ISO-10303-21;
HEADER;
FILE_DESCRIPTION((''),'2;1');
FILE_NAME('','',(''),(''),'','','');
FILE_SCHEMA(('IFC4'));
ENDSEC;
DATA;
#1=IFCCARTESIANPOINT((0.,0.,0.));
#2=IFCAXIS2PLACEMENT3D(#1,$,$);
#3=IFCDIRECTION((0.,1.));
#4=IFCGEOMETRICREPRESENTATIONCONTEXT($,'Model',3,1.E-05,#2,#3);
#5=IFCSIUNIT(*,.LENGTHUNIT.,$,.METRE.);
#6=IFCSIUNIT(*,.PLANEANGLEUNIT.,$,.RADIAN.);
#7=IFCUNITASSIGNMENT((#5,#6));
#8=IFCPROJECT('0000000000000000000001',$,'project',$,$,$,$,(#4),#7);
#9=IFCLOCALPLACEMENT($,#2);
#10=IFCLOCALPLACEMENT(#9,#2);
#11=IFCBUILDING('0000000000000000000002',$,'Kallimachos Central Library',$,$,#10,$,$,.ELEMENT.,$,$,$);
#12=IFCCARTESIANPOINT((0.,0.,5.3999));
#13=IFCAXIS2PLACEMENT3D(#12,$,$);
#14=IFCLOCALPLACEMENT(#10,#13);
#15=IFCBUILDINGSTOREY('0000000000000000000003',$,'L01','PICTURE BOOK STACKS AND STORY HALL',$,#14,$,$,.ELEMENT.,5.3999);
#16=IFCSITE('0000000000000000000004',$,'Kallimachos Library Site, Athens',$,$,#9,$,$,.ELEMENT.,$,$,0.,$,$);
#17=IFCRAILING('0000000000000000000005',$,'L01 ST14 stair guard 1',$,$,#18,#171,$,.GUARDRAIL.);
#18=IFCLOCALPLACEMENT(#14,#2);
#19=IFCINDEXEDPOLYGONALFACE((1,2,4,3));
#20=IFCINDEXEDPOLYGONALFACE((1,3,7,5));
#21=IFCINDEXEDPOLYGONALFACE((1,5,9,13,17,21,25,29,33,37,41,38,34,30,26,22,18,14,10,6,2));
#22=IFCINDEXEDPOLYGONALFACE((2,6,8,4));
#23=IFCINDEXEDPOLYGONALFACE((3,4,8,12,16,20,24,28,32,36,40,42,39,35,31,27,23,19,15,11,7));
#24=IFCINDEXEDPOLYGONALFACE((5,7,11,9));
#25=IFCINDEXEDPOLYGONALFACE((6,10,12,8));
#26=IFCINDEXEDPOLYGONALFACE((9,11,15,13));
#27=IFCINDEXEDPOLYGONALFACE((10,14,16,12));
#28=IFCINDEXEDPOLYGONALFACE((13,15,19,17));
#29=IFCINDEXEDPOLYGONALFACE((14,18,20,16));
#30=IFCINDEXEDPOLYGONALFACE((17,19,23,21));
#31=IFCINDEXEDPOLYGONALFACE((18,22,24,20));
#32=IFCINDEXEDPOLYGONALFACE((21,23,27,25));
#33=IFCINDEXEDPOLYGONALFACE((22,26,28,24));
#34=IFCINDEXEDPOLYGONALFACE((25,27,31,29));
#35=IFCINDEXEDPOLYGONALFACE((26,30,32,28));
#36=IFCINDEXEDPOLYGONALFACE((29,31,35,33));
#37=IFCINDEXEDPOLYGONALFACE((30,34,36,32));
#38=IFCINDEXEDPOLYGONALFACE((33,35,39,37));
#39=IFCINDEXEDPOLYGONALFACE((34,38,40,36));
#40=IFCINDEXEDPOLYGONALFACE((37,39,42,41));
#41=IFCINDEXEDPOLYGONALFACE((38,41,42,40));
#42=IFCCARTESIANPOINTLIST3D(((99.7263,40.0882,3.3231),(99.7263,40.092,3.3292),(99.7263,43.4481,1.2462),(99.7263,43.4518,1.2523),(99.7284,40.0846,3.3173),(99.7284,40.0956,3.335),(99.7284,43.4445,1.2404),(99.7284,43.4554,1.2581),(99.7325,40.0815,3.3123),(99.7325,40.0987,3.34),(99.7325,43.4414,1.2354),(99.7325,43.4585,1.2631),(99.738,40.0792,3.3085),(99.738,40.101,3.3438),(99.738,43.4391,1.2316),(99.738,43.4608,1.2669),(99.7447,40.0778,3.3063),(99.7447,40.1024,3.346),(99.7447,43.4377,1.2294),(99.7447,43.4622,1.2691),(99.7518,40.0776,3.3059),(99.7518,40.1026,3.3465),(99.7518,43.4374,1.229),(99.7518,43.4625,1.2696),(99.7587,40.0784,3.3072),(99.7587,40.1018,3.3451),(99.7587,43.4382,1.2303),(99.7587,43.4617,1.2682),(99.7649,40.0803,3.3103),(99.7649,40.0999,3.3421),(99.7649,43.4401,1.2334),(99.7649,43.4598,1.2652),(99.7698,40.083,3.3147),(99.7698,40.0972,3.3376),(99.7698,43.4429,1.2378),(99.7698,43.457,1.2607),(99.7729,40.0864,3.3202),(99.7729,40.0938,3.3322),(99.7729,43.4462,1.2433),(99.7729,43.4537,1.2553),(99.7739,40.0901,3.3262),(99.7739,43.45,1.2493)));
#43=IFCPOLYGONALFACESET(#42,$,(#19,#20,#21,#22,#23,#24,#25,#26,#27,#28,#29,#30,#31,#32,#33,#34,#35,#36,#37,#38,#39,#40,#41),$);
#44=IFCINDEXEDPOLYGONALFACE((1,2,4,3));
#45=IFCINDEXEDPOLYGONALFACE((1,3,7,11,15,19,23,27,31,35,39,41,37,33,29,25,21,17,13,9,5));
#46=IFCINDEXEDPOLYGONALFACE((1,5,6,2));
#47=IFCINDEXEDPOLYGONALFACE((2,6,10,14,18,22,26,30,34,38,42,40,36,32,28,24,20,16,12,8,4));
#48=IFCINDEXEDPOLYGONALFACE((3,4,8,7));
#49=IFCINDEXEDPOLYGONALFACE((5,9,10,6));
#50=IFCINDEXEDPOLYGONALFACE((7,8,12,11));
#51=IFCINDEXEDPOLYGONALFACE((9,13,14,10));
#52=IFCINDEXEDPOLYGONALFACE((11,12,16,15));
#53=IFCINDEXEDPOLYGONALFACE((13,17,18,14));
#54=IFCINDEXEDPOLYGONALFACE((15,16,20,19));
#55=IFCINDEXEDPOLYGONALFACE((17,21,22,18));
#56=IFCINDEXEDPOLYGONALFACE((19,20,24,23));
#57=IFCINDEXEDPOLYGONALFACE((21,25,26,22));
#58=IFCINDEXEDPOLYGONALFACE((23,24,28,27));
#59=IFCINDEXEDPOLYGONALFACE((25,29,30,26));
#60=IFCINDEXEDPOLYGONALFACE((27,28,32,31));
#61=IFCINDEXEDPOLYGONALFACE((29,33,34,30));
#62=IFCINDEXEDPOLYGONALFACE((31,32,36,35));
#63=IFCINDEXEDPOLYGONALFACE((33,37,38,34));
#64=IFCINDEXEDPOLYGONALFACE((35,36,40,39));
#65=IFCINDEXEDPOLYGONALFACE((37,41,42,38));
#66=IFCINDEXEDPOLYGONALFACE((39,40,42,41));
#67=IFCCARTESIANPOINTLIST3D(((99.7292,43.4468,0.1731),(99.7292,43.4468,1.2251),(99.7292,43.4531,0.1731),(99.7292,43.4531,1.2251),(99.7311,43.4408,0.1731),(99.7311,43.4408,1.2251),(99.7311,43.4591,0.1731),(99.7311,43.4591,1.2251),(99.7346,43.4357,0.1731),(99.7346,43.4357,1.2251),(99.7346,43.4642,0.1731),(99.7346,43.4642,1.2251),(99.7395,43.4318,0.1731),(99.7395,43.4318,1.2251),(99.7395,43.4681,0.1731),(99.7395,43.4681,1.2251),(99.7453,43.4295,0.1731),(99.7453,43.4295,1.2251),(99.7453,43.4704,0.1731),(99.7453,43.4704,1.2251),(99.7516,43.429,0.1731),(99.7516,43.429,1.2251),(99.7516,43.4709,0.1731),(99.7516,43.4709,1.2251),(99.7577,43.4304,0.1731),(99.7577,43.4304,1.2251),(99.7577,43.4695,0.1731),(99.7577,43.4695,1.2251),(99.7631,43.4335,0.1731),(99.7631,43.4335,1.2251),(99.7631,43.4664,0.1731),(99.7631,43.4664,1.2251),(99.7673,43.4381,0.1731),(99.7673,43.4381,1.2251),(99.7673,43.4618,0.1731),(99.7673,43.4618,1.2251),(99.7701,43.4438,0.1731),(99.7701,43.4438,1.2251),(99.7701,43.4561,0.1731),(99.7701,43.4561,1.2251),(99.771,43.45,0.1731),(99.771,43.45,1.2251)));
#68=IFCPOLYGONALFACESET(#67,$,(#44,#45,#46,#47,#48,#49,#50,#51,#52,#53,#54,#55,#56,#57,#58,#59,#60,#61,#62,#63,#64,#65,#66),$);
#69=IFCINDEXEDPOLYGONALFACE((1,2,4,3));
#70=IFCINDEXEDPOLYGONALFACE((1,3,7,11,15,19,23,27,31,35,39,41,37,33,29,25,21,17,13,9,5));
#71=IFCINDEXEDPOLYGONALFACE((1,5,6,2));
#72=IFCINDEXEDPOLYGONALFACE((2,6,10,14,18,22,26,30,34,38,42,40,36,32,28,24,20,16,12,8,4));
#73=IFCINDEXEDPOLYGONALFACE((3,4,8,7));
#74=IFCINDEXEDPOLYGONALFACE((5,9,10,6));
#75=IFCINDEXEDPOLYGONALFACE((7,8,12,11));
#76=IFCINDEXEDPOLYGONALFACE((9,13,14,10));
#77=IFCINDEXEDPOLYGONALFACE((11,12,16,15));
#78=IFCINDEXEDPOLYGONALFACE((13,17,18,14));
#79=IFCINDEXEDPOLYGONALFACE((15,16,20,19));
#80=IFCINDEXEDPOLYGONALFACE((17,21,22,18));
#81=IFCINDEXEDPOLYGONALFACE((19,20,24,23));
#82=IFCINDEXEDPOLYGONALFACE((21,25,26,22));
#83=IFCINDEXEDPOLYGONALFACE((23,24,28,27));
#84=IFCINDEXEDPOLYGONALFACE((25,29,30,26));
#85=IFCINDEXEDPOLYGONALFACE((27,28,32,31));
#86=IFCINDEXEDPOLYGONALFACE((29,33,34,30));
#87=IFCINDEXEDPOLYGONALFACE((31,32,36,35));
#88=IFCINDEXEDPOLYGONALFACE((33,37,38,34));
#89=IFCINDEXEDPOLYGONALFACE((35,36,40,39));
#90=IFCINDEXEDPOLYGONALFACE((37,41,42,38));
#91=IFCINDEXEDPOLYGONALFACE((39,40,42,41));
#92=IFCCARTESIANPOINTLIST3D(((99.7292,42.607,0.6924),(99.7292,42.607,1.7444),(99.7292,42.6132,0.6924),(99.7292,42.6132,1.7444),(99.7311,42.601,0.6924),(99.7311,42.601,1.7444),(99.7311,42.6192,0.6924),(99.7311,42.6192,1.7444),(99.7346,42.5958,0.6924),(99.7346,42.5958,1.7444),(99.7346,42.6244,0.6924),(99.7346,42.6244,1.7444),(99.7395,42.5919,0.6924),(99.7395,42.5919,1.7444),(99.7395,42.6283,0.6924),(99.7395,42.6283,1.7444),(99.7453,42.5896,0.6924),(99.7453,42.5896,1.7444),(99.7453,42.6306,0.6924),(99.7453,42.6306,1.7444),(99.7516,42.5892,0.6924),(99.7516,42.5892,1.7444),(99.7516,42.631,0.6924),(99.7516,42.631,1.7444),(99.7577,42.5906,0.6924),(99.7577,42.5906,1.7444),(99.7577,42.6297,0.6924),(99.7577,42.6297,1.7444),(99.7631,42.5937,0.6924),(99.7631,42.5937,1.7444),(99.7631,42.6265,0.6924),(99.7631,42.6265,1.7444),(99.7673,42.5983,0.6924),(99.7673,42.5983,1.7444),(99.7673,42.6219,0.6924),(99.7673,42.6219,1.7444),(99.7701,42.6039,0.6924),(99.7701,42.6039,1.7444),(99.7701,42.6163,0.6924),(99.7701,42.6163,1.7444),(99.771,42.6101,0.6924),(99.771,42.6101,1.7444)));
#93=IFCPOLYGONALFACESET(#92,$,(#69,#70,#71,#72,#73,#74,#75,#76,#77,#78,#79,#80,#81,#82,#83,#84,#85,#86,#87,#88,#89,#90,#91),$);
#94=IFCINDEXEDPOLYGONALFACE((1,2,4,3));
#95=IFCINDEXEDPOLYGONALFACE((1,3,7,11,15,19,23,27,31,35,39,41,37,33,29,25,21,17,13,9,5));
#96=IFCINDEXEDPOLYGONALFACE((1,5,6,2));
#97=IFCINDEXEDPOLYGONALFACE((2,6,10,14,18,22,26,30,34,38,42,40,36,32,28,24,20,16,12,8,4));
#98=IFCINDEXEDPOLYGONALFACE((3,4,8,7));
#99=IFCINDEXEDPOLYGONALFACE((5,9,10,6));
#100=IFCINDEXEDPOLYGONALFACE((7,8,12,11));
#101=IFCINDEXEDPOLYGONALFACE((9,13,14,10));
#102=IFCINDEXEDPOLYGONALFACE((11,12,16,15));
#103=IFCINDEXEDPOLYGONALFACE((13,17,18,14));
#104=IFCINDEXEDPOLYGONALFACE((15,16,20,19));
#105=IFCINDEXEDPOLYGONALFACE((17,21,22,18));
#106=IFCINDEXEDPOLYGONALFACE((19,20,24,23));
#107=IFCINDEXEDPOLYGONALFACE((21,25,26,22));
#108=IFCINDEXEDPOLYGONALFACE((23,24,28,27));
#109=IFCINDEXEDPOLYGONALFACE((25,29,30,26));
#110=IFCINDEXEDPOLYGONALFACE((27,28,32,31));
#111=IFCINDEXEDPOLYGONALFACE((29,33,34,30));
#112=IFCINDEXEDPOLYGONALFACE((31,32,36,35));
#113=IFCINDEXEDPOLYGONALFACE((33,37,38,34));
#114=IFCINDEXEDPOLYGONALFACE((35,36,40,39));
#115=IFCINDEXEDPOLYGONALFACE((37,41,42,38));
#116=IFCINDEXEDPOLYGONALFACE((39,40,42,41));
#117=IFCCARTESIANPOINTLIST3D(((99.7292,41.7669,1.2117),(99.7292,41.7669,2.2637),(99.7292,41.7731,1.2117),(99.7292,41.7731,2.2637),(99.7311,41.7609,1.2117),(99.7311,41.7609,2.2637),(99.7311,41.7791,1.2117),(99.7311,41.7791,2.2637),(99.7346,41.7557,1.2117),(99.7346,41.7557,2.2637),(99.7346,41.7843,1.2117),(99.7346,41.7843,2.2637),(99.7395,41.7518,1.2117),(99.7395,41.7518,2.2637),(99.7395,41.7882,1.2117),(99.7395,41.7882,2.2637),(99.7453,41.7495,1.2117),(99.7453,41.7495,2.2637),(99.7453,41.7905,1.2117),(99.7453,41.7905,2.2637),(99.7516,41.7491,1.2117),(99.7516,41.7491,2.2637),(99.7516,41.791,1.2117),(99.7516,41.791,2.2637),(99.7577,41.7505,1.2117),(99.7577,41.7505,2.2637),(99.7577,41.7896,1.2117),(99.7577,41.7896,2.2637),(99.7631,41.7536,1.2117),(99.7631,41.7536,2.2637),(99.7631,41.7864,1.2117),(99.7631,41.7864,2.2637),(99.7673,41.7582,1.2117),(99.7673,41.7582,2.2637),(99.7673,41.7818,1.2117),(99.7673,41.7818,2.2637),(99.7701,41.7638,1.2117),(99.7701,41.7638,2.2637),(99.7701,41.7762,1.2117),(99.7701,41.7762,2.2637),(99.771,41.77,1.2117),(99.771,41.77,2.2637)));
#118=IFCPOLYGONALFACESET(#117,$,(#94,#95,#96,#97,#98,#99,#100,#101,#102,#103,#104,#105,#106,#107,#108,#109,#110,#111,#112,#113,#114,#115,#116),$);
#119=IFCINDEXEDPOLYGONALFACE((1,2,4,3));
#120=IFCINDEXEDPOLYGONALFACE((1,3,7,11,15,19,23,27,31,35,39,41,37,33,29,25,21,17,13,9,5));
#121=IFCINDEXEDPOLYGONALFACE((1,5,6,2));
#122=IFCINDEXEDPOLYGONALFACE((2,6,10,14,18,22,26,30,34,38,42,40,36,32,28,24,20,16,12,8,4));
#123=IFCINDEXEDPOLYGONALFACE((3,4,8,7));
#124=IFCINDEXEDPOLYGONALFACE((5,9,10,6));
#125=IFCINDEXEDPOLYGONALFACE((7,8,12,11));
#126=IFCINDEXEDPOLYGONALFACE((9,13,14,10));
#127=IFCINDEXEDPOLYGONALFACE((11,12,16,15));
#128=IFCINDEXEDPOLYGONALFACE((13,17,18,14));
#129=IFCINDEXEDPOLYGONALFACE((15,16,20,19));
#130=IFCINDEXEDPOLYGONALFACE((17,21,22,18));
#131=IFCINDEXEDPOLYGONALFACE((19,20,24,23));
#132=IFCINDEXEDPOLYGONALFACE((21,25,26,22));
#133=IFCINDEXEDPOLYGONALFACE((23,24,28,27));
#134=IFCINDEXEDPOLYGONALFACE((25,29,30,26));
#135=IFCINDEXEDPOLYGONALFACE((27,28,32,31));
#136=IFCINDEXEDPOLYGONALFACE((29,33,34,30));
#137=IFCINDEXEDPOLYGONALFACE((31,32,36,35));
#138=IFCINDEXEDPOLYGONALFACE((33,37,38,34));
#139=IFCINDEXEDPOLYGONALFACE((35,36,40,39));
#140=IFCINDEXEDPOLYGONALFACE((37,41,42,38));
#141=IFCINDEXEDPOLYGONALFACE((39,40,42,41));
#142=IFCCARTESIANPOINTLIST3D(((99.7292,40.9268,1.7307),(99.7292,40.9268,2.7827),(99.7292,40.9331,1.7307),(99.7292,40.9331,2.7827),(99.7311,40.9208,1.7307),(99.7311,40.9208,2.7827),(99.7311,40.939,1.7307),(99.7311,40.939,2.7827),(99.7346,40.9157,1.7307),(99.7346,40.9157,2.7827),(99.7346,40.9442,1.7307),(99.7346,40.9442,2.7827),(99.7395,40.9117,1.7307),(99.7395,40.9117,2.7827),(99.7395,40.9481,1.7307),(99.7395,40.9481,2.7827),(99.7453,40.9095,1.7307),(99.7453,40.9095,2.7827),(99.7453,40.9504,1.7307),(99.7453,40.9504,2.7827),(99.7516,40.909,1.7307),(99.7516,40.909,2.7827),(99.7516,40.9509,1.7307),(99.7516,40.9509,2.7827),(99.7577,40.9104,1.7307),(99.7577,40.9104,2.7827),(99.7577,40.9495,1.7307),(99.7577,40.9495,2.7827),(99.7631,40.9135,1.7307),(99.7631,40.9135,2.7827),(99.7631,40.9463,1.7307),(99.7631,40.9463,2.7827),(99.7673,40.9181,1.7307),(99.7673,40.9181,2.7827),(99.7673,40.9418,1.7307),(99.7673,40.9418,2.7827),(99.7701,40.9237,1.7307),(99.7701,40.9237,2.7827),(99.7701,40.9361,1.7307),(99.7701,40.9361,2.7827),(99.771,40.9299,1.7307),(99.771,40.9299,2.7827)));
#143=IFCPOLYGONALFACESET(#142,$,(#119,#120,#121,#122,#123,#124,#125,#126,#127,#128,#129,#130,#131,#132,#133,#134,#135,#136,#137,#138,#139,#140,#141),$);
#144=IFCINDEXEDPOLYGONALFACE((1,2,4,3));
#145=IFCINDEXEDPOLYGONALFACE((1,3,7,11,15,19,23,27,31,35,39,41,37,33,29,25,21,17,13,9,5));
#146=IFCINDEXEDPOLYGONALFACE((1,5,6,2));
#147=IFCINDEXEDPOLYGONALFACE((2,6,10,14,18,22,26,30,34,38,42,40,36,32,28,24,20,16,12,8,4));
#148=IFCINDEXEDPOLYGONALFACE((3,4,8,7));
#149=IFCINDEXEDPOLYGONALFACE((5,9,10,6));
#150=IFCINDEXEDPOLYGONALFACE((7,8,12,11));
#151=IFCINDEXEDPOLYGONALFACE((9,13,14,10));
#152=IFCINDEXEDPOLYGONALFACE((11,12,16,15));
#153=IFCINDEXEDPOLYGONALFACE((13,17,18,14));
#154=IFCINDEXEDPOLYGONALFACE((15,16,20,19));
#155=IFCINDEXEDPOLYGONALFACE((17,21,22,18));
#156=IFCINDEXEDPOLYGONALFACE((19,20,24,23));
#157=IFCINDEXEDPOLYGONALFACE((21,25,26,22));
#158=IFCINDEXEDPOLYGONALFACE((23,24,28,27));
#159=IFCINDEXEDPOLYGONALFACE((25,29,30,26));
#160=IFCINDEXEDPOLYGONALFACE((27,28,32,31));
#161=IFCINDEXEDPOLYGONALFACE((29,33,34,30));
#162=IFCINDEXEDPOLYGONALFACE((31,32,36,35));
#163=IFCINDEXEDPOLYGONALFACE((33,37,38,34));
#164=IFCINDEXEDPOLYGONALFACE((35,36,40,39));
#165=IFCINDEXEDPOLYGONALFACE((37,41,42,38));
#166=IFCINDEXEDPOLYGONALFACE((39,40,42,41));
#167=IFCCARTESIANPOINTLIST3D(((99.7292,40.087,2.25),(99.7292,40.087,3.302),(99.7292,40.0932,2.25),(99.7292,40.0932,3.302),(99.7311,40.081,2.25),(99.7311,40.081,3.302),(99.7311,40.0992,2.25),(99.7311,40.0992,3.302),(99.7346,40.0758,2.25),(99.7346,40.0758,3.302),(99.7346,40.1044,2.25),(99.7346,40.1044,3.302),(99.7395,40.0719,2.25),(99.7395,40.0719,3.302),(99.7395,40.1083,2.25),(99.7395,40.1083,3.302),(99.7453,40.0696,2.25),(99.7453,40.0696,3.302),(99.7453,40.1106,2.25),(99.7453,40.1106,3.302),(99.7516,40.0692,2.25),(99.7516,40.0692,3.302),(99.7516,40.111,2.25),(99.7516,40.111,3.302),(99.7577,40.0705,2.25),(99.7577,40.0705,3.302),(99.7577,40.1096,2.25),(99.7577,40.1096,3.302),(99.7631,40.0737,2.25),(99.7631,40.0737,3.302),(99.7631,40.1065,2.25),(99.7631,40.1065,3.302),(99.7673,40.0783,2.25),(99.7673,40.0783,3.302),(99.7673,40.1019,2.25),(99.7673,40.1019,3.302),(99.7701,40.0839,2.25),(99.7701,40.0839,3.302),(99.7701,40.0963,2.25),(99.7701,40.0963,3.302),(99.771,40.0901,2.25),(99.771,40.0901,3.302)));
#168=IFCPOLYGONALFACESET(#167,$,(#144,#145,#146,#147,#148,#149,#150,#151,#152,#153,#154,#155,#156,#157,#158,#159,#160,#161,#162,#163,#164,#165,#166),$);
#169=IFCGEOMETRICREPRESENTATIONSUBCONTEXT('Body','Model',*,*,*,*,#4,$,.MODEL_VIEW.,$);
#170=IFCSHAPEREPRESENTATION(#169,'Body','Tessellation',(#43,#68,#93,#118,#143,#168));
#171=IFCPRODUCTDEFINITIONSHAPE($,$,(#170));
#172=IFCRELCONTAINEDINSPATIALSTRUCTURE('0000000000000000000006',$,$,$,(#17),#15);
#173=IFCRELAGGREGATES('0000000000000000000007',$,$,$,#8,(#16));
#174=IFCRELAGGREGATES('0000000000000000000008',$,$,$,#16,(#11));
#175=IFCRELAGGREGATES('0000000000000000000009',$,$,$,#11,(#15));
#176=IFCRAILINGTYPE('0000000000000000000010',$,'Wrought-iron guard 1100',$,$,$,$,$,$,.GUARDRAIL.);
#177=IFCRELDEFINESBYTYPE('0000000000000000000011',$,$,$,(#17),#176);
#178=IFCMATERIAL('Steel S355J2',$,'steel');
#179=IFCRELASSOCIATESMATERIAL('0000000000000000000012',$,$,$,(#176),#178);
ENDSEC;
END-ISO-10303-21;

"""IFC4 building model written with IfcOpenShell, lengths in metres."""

from ifc_helpers import new_model, si_unit, direction, frame, origin, origin_2d, place, context, subcontext, project, spatial, circle, extrude, material, type_object, element, save


model = new_model("IFC4")

# Units and contexts
model_context = context("Model", 3, precision=1e-05, world=origin(), true_north=direction((0.0, 1.0)))
body_context = subcontext(model_context, "Body", "Model", "MODEL_VIEW")
ifc_project = project(units=[si_unit("LENGTHUNIT", "METRE"), si_unit("PLANEANGLEUNIT", "RADIAN")], contexts=[model_context])

# Site, building, storey
site_placement = place(None, origin())
site = spatial("IfcSite", under=ifc_project, at=site_placement, Name="Kallimachos Library Site, Athens", CompositionType="ELEMENT", RefElevation=0.0)
building_placement = place(site_placement, origin())
building = spatial("IfcBuilding", under=site, at=building_placement, Name="Kallimachos Central Library", CompositionType="ELEMENT")
storey_placement = place(building_placement, frame((0.0, 0.0, 5.3999)))
storey = spatial("IfcBuildingStorey", under=building, at=storey_placement, Name="L01", Description="PICTURE BOOK STACKS AND STORY HALL", CompositionType="ELEMENT", Elevation=5.3999)

# Railing
ifc_material_1 = material(Name="Steel S355J2", Category="steel")
railing_type_1 = type_object("IfcRailingType", Name="Wrought-iron guard 1100", PredefinedType="GUARDRAIL", material=ifc_material_1)
railing_1_placement = place(storey_placement, frame((99.75, 43.45, 0.1731)))
element("IfcRailing", 1, at=railing_1_placement, inside=storey, type_object=railing_type_1, Name="L01 ST14 stair guard 1", PredefinedType="GUARDRAIL", context=body_context, shape_type="SweptSolid", body=[
    extrude(circle(Radius=0.0239, at=origin_2d()), frame((0.0, 0.0, 1.0762), z_axis=(0.0, -0.850606, 0.525803), x_axis=(1.0, 0.0, 0.0)), (0.0, 0.0, 1.0), 3.95),
    extrude(circle(Radius=0.021, at=origin_2d()), origin(), (0.0, 0.0, 1.0), 1.052),
    extrude(circle(Radius=0.021, at=origin_2d()), frame((0.0, -0.8398, 0.5193)), (0.0, 0.0, 1.0), 1.052),
    extrude(circle(Radius=0.021, at=origin_2d()), frame((0.0, -1.6799, 1.0386)), (0.0, 0.0, 1.0), 1.052),
    extrude(circle(Radius=0.021, at=origin_2d()), frame((0.0, -2.52, 1.5576)), (0.0, 0.0, 1.0), 1.052),
    extrude(circle(Radius=0.021, at=origin_2d()), frame((0.0, -3.3599, 2.0769)), (0.0, 0.0, 1.0), 1.052),
])

save(model, "model.ifc")
